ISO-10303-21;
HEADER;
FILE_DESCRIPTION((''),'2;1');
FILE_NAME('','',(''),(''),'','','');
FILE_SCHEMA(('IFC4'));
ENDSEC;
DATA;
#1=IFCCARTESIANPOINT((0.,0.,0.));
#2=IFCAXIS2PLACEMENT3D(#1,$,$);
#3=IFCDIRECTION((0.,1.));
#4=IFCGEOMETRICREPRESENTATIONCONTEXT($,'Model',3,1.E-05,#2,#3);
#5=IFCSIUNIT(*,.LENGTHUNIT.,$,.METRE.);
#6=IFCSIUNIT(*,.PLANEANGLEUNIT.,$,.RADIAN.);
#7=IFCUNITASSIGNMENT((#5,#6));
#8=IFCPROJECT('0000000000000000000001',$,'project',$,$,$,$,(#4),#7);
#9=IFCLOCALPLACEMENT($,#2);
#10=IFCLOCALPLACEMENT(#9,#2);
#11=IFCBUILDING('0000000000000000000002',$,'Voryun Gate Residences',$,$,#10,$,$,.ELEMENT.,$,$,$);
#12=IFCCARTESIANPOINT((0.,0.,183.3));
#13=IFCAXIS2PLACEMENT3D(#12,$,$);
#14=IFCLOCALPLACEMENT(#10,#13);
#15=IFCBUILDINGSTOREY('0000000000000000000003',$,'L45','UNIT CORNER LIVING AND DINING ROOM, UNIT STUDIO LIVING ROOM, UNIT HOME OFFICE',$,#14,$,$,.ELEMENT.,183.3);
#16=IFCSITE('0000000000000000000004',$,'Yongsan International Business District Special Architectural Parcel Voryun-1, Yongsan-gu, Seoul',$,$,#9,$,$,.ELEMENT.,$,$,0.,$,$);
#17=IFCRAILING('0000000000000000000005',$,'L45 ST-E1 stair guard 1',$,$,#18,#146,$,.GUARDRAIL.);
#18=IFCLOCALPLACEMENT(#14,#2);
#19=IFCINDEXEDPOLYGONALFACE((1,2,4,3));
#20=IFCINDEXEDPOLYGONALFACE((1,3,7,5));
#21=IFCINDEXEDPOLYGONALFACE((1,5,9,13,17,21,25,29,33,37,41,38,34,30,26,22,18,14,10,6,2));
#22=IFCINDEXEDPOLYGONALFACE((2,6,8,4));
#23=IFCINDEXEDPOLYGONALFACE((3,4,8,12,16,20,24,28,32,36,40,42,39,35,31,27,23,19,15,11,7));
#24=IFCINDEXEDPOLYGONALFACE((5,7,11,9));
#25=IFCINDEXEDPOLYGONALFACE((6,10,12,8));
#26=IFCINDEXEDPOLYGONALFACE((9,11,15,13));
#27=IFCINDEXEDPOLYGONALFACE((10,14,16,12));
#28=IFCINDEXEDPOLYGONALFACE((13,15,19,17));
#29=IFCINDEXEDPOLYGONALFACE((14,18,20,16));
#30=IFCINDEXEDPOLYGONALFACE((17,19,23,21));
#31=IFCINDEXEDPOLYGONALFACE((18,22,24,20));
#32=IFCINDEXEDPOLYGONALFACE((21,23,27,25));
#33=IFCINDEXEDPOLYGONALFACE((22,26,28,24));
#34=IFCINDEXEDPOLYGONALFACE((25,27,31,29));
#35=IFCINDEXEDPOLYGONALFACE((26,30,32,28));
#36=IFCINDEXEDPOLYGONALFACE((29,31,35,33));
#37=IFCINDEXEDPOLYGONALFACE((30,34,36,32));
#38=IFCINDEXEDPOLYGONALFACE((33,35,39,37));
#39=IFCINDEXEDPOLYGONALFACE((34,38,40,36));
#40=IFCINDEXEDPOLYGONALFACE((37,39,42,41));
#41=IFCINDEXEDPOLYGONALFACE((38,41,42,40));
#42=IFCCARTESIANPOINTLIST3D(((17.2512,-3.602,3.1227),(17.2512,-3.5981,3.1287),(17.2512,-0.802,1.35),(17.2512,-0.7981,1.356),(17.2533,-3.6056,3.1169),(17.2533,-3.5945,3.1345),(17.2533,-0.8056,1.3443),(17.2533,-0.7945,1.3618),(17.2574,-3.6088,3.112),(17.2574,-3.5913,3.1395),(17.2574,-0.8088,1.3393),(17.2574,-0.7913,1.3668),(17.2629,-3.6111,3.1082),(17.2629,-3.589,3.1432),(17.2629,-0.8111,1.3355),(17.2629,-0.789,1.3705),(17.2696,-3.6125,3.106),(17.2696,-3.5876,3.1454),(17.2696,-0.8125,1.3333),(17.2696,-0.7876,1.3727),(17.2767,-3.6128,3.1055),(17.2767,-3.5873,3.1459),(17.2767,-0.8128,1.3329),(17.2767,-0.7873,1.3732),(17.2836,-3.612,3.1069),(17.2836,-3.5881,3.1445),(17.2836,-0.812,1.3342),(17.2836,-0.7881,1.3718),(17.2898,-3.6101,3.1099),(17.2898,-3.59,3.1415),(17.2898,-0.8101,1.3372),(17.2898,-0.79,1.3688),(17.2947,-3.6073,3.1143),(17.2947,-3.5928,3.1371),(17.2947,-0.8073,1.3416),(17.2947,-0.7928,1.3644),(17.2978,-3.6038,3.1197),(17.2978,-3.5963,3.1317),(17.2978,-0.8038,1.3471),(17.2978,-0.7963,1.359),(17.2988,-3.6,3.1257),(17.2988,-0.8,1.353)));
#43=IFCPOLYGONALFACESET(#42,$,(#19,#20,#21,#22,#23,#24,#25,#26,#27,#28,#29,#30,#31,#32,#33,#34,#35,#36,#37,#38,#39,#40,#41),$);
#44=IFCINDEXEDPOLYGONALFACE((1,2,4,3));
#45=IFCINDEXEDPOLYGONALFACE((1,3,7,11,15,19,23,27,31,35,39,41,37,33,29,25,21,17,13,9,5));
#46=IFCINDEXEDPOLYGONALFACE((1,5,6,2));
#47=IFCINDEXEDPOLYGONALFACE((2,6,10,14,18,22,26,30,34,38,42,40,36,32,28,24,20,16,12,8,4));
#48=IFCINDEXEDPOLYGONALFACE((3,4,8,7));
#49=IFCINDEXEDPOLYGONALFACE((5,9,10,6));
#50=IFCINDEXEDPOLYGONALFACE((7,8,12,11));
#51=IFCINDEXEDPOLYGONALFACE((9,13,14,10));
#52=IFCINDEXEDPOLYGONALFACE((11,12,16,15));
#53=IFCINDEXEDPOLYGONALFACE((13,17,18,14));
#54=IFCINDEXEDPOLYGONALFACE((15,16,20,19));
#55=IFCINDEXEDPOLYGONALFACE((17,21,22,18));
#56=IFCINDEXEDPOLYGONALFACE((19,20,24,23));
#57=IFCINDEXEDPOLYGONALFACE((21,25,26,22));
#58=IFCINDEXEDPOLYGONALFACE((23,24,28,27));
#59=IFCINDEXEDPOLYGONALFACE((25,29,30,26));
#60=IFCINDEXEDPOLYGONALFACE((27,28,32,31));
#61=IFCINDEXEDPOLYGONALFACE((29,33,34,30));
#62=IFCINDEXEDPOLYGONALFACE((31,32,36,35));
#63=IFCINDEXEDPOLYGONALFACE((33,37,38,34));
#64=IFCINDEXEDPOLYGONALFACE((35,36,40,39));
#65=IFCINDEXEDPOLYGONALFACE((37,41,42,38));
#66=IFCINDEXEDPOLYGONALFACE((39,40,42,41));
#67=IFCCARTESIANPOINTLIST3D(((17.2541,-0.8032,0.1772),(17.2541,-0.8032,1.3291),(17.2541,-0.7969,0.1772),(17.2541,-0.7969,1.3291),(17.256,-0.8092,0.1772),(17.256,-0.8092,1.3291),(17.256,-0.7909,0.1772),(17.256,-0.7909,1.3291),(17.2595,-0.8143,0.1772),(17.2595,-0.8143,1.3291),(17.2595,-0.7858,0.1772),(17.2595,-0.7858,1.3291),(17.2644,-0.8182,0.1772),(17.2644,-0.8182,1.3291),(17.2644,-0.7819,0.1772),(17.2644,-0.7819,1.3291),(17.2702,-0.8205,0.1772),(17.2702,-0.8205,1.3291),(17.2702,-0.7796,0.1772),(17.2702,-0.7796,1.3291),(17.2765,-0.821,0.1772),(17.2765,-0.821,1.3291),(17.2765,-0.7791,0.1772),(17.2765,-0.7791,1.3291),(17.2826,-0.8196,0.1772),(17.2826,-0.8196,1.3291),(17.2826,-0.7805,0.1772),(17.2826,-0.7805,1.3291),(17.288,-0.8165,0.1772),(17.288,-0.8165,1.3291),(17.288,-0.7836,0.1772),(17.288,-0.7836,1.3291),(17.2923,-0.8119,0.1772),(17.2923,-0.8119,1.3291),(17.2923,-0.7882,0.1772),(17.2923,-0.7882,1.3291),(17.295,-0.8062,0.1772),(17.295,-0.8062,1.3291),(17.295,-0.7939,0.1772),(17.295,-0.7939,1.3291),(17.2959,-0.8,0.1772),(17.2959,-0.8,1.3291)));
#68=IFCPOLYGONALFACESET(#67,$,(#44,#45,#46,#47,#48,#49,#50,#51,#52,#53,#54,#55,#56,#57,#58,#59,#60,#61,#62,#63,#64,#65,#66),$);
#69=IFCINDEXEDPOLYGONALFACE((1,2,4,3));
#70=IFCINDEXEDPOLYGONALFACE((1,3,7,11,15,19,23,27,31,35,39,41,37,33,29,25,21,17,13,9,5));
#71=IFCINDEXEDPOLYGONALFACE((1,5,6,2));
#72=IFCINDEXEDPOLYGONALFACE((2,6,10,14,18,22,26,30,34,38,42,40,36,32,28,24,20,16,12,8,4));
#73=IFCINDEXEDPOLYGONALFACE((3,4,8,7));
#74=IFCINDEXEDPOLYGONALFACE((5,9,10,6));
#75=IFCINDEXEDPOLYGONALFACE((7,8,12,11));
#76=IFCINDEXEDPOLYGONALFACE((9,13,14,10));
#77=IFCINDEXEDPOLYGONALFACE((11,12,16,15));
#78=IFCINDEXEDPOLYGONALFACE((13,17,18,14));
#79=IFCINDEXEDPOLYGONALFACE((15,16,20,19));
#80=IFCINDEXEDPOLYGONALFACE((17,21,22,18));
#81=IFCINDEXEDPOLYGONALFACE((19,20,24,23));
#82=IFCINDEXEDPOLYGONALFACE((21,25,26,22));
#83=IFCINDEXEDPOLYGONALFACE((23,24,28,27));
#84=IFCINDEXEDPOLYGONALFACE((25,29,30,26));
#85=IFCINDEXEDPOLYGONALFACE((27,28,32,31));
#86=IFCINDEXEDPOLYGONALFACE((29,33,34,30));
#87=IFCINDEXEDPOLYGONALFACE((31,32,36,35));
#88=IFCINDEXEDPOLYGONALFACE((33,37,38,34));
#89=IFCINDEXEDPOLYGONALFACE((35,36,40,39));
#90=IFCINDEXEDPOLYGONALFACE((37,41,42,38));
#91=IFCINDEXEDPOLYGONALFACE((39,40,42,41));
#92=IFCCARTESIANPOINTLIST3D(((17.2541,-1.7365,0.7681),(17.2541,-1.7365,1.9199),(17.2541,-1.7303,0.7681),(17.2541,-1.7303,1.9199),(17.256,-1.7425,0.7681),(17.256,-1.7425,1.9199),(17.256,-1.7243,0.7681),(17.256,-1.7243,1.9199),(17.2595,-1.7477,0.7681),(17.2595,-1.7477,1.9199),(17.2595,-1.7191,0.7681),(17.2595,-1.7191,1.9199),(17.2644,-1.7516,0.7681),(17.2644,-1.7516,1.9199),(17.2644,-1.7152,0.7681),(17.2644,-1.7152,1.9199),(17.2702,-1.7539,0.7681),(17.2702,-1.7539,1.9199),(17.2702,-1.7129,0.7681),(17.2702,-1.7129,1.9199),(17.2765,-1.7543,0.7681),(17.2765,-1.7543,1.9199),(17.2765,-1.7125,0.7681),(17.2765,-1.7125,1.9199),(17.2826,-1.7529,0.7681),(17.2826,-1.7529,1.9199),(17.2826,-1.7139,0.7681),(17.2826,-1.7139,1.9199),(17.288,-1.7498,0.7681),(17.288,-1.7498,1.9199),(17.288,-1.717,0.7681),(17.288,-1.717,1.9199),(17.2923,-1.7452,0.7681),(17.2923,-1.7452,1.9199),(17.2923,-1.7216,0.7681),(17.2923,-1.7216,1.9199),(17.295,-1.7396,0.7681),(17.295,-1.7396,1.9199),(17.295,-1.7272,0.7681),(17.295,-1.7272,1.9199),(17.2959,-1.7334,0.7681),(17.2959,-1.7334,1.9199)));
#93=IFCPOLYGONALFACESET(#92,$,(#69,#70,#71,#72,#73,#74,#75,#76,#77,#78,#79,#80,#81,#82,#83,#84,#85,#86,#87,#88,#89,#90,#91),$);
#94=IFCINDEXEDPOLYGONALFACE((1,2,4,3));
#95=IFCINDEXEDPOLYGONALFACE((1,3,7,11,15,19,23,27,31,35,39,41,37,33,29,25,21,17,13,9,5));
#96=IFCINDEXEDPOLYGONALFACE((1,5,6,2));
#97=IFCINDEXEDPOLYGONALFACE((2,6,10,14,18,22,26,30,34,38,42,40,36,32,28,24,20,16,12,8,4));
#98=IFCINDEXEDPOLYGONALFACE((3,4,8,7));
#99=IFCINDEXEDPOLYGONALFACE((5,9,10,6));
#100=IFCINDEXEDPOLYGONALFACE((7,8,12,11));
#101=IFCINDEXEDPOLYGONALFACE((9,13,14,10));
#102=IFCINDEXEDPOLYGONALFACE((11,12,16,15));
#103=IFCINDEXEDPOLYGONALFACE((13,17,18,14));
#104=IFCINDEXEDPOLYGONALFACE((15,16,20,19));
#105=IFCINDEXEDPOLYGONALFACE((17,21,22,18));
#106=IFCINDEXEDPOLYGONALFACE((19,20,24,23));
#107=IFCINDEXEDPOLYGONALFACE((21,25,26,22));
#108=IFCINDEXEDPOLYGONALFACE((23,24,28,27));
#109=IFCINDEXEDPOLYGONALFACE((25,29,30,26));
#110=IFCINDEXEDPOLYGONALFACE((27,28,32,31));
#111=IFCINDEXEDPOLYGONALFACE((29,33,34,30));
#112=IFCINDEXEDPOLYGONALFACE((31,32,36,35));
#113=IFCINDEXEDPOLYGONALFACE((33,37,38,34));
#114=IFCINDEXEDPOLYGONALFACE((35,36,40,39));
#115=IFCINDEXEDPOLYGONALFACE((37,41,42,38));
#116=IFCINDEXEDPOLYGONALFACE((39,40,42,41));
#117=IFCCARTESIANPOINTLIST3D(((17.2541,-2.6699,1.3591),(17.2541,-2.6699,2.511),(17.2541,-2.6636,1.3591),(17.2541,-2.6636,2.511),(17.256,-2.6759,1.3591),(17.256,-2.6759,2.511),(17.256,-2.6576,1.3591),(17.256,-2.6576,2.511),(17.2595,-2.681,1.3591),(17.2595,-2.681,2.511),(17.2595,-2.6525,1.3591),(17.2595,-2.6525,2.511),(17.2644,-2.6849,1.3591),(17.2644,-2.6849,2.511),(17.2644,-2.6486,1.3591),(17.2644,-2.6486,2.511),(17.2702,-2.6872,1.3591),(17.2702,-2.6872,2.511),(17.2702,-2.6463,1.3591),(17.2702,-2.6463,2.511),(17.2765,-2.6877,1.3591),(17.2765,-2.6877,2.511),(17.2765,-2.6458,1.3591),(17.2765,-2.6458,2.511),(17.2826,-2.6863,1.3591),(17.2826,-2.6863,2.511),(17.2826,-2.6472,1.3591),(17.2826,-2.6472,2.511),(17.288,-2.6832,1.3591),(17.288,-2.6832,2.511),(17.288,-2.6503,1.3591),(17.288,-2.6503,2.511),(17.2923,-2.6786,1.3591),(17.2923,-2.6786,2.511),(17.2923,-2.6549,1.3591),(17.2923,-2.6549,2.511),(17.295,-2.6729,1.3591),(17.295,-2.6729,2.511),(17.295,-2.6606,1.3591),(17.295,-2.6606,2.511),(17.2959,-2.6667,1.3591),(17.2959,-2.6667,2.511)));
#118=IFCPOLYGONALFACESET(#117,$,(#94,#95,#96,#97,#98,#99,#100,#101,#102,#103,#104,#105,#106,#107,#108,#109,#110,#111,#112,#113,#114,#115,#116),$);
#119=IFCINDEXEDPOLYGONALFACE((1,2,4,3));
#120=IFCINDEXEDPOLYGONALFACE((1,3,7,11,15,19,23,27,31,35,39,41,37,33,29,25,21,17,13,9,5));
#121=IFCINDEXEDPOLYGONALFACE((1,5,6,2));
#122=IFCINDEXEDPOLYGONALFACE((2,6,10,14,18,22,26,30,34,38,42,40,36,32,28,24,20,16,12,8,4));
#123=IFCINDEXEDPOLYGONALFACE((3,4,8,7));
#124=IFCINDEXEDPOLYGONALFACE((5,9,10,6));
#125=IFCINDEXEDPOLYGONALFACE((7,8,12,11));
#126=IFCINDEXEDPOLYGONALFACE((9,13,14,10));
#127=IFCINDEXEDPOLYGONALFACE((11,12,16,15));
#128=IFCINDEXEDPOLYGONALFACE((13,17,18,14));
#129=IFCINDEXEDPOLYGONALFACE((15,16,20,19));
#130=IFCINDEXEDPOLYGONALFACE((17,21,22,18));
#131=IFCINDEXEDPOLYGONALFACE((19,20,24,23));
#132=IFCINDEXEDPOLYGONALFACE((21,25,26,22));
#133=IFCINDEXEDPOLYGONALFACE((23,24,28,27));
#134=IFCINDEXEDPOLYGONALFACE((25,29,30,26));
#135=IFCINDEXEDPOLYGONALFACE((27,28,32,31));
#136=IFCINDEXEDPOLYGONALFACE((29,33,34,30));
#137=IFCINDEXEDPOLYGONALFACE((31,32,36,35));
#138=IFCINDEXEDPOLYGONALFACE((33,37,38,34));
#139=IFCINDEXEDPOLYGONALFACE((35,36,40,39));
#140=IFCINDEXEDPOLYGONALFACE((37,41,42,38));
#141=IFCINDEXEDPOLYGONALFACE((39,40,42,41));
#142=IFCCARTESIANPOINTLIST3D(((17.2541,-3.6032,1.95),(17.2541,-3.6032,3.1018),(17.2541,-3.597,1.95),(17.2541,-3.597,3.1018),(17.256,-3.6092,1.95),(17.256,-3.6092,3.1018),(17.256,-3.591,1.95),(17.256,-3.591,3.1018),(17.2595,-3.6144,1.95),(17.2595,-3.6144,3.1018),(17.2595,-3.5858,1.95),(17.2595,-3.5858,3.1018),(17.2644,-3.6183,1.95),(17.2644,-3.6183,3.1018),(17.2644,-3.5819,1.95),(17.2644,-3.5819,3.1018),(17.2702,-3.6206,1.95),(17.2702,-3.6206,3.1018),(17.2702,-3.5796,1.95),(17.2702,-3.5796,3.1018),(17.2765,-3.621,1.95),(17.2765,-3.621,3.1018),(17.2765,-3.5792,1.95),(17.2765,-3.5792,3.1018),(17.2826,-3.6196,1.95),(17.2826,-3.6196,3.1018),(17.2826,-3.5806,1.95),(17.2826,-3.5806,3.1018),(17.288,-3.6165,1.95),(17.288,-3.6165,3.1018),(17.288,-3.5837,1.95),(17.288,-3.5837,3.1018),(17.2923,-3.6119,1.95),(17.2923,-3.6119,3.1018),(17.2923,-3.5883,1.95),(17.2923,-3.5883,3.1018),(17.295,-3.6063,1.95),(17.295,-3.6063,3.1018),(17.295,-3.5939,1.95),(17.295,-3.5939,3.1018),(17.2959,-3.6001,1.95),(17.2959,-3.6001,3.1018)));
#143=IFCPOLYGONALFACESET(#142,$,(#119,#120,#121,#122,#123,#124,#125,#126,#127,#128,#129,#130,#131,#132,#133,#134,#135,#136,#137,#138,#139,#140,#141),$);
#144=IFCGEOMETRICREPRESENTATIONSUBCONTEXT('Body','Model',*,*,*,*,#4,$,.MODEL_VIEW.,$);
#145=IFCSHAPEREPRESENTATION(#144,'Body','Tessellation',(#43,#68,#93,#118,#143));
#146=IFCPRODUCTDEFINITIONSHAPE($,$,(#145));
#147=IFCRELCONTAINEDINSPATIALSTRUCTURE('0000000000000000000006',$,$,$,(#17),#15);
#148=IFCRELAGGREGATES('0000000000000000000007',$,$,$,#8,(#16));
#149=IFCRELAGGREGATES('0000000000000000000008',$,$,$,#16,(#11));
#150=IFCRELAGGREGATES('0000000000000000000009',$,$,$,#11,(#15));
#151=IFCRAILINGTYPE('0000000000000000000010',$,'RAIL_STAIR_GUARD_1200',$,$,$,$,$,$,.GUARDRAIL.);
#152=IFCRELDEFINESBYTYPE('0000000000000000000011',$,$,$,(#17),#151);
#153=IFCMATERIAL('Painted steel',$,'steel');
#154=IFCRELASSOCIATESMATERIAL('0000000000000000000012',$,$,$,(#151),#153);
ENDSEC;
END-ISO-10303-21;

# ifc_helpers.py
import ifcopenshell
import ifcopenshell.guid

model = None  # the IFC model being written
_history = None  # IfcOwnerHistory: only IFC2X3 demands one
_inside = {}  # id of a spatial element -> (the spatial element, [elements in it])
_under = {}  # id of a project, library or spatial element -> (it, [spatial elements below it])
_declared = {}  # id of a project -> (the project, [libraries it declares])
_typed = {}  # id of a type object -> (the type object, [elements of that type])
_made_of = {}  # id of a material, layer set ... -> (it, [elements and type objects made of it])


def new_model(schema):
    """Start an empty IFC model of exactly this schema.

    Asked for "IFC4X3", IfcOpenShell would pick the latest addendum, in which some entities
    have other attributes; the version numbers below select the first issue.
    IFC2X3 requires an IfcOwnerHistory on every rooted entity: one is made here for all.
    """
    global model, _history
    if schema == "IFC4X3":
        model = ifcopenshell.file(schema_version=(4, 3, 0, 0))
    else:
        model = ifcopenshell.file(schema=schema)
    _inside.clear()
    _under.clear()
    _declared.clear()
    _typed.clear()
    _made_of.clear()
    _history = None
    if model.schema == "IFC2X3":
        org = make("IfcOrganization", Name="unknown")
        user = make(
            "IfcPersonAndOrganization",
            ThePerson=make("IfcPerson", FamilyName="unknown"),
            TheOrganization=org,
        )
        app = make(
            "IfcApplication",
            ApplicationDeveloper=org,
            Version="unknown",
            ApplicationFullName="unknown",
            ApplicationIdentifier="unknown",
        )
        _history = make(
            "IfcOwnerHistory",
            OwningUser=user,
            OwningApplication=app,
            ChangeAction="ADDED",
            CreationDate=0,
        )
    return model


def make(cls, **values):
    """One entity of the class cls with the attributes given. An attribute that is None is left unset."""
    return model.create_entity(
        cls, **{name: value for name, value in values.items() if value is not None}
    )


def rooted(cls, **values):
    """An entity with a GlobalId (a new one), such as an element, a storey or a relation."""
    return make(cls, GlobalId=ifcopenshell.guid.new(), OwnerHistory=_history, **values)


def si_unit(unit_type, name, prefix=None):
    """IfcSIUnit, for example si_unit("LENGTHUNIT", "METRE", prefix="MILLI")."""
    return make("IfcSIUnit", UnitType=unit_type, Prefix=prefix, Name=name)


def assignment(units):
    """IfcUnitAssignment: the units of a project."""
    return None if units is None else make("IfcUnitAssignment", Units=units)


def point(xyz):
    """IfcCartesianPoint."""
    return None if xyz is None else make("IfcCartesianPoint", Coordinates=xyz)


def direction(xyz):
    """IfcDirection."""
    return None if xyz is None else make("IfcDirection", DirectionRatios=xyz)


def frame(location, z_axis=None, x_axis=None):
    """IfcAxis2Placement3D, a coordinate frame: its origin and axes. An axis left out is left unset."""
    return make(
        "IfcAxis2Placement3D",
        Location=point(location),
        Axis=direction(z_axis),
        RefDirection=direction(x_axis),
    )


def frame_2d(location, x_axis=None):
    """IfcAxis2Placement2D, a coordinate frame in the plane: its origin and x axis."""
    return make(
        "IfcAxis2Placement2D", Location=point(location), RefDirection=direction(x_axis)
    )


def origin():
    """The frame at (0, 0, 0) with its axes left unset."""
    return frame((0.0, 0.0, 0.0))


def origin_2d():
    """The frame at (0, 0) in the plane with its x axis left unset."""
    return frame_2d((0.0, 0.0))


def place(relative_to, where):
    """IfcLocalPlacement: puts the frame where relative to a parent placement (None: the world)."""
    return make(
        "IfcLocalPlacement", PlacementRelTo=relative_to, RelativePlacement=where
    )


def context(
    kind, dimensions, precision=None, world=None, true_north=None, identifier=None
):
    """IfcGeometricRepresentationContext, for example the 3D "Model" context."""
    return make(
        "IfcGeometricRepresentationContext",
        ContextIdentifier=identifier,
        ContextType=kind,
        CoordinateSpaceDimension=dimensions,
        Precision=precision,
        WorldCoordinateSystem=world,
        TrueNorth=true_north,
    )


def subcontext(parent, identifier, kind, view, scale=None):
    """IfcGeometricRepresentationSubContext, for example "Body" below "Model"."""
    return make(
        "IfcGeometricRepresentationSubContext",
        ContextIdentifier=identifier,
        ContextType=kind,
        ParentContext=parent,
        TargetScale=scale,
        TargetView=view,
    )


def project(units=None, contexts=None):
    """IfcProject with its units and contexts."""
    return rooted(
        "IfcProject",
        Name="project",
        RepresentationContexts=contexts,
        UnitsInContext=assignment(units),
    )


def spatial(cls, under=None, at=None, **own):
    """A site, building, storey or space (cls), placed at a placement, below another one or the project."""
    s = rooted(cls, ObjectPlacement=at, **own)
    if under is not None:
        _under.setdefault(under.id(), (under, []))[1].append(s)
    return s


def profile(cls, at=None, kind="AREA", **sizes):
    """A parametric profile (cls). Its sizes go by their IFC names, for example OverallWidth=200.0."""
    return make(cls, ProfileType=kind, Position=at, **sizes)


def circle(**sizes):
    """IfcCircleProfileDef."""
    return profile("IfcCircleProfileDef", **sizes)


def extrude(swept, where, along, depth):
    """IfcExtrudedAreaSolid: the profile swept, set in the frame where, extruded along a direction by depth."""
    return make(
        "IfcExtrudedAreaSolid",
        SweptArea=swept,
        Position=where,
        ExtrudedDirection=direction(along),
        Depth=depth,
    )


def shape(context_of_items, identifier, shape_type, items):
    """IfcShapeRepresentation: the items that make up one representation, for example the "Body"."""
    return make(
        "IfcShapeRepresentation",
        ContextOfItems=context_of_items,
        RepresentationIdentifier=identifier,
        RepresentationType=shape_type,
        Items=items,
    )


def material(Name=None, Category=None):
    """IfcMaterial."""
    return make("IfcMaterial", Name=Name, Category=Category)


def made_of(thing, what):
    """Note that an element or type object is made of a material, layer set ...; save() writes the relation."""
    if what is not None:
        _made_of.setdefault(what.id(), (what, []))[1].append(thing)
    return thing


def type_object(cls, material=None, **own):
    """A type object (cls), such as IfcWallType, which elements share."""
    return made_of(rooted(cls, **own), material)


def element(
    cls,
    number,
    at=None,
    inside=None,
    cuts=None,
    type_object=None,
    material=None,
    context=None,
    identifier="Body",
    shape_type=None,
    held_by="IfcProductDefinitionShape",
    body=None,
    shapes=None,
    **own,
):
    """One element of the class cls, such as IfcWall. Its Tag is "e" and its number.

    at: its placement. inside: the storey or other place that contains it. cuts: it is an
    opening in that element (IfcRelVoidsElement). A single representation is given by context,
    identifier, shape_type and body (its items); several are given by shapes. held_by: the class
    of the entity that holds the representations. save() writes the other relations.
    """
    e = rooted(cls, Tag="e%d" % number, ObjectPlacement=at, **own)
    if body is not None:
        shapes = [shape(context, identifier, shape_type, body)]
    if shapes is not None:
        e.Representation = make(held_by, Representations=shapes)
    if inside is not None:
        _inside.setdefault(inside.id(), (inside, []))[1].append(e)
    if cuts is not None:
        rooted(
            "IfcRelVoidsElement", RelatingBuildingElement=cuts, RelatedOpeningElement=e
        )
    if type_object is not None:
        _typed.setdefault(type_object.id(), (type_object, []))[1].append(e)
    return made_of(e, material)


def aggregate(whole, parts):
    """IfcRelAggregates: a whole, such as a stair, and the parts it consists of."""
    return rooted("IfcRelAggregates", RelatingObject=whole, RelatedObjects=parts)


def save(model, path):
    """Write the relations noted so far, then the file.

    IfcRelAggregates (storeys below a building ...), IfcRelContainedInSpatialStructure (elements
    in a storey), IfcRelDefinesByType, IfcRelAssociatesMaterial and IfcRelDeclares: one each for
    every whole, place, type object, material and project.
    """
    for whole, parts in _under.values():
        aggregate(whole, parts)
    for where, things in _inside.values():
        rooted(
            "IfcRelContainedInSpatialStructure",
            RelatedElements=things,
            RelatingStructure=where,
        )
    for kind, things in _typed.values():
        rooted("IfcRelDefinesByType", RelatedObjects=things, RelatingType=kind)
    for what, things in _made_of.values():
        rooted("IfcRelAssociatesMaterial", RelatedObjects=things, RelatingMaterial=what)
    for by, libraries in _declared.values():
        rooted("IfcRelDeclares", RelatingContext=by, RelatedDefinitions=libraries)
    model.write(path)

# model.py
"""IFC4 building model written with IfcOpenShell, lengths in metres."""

from ifc_helpers import new_model, si_unit, direction, frame, origin, origin_2d, place, context, subcontext, project, spatial, circle, extrude, material, type_object, element, save


model = new_model("IFC4")

# Units and contexts
model_context = context("Model", 3, precision=1e-05, world=origin(), true_north=direction((0.0, 1.0)))
body_context = subcontext(model_context, "Body", "Model", "MODEL_VIEW")
ifc_project = project(units=[si_unit("LENGTHUNIT", "METRE"), si_unit("PLANEANGLEUNIT", "RADIAN")], contexts=[model_context])

# Site, building, storey
site_placement = place(None, origin())
site = spatial("IfcSite", under=ifc_project, at=site_placement, Name="Yongsan International Business District Special Architectural Parcel Voryun-1, Yongsan-gu, Seoul", CompositionType="ELEMENT", RefElevation=0.0)
building_placement = place(site_placement, origin())
building = spatial("IfcBuilding", under=site, at=building_placement, Name="Voryun Gate Residences", CompositionType="ELEMENT")
storey_placement = place(building_placement, frame((0.0, 0.0, 183.3)))
storey = spatial("IfcBuildingStorey", under=building, at=storey_placement, Name="L45", Description="UNIT CORNER LIVING AND DINING ROOM, UNIT STUDIO LIVING ROOM, UNIT HOME OFFICE", CompositionType="ELEMENT", Elevation=183.3)

# Railing
ifc_material_1 = material(Name="Painted steel", Category="steel")
railing_type_1 = type_object("IfcRailingType", Name="RAIL_STAIR_GUARD_1200", PredefinedType="GUARDRAIL", material=ifc_material_1)
railing_1_placement = place(storey_placement, frame((17.2749, -0.8, 0.1772)))
element("IfcRailing", 1, at=railing_1_placement, inside=storey, type_object=railing_type_1, Name="L45 ST-E1 stair guard 1", PredefinedType="GUARDRAIL", context=body_context, shape_type="SweptSolid", body=[
    extrude(circle(Radius=0.0239, at=origin_2d()), frame((0.0, 0.0, 1.1758), z_axis=(0.0, -0.844909, 0.53491), x_axis=(1.0, 0.0, 0.0)), (0.0, 0.0, 1.0), 3.314),
    extrude(circle(Radius=0.021, at=origin_2d()), origin(), (0.0, 0.0, 1.0), 1.1519),
    extrude(circle(Radius=0.021, at=origin_2d()), frame((0.0, -0.9333, 0.5908)), (0.0, 0.0, 1.0), 1.1519),
    extrude(circle(Radius=0.021, at=origin_2d()), frame((0.0, -1.8667, 1.1819)), (0.0, 0.0, 1.0), 1.1519),
    extrude(circle(Radius=0.021, at=origin_2d()), frame((0.0, -2.8, 1.7727)), (0.0, 0.0, 1.0), 1.1519),
])

save(model, "model.ifc")
